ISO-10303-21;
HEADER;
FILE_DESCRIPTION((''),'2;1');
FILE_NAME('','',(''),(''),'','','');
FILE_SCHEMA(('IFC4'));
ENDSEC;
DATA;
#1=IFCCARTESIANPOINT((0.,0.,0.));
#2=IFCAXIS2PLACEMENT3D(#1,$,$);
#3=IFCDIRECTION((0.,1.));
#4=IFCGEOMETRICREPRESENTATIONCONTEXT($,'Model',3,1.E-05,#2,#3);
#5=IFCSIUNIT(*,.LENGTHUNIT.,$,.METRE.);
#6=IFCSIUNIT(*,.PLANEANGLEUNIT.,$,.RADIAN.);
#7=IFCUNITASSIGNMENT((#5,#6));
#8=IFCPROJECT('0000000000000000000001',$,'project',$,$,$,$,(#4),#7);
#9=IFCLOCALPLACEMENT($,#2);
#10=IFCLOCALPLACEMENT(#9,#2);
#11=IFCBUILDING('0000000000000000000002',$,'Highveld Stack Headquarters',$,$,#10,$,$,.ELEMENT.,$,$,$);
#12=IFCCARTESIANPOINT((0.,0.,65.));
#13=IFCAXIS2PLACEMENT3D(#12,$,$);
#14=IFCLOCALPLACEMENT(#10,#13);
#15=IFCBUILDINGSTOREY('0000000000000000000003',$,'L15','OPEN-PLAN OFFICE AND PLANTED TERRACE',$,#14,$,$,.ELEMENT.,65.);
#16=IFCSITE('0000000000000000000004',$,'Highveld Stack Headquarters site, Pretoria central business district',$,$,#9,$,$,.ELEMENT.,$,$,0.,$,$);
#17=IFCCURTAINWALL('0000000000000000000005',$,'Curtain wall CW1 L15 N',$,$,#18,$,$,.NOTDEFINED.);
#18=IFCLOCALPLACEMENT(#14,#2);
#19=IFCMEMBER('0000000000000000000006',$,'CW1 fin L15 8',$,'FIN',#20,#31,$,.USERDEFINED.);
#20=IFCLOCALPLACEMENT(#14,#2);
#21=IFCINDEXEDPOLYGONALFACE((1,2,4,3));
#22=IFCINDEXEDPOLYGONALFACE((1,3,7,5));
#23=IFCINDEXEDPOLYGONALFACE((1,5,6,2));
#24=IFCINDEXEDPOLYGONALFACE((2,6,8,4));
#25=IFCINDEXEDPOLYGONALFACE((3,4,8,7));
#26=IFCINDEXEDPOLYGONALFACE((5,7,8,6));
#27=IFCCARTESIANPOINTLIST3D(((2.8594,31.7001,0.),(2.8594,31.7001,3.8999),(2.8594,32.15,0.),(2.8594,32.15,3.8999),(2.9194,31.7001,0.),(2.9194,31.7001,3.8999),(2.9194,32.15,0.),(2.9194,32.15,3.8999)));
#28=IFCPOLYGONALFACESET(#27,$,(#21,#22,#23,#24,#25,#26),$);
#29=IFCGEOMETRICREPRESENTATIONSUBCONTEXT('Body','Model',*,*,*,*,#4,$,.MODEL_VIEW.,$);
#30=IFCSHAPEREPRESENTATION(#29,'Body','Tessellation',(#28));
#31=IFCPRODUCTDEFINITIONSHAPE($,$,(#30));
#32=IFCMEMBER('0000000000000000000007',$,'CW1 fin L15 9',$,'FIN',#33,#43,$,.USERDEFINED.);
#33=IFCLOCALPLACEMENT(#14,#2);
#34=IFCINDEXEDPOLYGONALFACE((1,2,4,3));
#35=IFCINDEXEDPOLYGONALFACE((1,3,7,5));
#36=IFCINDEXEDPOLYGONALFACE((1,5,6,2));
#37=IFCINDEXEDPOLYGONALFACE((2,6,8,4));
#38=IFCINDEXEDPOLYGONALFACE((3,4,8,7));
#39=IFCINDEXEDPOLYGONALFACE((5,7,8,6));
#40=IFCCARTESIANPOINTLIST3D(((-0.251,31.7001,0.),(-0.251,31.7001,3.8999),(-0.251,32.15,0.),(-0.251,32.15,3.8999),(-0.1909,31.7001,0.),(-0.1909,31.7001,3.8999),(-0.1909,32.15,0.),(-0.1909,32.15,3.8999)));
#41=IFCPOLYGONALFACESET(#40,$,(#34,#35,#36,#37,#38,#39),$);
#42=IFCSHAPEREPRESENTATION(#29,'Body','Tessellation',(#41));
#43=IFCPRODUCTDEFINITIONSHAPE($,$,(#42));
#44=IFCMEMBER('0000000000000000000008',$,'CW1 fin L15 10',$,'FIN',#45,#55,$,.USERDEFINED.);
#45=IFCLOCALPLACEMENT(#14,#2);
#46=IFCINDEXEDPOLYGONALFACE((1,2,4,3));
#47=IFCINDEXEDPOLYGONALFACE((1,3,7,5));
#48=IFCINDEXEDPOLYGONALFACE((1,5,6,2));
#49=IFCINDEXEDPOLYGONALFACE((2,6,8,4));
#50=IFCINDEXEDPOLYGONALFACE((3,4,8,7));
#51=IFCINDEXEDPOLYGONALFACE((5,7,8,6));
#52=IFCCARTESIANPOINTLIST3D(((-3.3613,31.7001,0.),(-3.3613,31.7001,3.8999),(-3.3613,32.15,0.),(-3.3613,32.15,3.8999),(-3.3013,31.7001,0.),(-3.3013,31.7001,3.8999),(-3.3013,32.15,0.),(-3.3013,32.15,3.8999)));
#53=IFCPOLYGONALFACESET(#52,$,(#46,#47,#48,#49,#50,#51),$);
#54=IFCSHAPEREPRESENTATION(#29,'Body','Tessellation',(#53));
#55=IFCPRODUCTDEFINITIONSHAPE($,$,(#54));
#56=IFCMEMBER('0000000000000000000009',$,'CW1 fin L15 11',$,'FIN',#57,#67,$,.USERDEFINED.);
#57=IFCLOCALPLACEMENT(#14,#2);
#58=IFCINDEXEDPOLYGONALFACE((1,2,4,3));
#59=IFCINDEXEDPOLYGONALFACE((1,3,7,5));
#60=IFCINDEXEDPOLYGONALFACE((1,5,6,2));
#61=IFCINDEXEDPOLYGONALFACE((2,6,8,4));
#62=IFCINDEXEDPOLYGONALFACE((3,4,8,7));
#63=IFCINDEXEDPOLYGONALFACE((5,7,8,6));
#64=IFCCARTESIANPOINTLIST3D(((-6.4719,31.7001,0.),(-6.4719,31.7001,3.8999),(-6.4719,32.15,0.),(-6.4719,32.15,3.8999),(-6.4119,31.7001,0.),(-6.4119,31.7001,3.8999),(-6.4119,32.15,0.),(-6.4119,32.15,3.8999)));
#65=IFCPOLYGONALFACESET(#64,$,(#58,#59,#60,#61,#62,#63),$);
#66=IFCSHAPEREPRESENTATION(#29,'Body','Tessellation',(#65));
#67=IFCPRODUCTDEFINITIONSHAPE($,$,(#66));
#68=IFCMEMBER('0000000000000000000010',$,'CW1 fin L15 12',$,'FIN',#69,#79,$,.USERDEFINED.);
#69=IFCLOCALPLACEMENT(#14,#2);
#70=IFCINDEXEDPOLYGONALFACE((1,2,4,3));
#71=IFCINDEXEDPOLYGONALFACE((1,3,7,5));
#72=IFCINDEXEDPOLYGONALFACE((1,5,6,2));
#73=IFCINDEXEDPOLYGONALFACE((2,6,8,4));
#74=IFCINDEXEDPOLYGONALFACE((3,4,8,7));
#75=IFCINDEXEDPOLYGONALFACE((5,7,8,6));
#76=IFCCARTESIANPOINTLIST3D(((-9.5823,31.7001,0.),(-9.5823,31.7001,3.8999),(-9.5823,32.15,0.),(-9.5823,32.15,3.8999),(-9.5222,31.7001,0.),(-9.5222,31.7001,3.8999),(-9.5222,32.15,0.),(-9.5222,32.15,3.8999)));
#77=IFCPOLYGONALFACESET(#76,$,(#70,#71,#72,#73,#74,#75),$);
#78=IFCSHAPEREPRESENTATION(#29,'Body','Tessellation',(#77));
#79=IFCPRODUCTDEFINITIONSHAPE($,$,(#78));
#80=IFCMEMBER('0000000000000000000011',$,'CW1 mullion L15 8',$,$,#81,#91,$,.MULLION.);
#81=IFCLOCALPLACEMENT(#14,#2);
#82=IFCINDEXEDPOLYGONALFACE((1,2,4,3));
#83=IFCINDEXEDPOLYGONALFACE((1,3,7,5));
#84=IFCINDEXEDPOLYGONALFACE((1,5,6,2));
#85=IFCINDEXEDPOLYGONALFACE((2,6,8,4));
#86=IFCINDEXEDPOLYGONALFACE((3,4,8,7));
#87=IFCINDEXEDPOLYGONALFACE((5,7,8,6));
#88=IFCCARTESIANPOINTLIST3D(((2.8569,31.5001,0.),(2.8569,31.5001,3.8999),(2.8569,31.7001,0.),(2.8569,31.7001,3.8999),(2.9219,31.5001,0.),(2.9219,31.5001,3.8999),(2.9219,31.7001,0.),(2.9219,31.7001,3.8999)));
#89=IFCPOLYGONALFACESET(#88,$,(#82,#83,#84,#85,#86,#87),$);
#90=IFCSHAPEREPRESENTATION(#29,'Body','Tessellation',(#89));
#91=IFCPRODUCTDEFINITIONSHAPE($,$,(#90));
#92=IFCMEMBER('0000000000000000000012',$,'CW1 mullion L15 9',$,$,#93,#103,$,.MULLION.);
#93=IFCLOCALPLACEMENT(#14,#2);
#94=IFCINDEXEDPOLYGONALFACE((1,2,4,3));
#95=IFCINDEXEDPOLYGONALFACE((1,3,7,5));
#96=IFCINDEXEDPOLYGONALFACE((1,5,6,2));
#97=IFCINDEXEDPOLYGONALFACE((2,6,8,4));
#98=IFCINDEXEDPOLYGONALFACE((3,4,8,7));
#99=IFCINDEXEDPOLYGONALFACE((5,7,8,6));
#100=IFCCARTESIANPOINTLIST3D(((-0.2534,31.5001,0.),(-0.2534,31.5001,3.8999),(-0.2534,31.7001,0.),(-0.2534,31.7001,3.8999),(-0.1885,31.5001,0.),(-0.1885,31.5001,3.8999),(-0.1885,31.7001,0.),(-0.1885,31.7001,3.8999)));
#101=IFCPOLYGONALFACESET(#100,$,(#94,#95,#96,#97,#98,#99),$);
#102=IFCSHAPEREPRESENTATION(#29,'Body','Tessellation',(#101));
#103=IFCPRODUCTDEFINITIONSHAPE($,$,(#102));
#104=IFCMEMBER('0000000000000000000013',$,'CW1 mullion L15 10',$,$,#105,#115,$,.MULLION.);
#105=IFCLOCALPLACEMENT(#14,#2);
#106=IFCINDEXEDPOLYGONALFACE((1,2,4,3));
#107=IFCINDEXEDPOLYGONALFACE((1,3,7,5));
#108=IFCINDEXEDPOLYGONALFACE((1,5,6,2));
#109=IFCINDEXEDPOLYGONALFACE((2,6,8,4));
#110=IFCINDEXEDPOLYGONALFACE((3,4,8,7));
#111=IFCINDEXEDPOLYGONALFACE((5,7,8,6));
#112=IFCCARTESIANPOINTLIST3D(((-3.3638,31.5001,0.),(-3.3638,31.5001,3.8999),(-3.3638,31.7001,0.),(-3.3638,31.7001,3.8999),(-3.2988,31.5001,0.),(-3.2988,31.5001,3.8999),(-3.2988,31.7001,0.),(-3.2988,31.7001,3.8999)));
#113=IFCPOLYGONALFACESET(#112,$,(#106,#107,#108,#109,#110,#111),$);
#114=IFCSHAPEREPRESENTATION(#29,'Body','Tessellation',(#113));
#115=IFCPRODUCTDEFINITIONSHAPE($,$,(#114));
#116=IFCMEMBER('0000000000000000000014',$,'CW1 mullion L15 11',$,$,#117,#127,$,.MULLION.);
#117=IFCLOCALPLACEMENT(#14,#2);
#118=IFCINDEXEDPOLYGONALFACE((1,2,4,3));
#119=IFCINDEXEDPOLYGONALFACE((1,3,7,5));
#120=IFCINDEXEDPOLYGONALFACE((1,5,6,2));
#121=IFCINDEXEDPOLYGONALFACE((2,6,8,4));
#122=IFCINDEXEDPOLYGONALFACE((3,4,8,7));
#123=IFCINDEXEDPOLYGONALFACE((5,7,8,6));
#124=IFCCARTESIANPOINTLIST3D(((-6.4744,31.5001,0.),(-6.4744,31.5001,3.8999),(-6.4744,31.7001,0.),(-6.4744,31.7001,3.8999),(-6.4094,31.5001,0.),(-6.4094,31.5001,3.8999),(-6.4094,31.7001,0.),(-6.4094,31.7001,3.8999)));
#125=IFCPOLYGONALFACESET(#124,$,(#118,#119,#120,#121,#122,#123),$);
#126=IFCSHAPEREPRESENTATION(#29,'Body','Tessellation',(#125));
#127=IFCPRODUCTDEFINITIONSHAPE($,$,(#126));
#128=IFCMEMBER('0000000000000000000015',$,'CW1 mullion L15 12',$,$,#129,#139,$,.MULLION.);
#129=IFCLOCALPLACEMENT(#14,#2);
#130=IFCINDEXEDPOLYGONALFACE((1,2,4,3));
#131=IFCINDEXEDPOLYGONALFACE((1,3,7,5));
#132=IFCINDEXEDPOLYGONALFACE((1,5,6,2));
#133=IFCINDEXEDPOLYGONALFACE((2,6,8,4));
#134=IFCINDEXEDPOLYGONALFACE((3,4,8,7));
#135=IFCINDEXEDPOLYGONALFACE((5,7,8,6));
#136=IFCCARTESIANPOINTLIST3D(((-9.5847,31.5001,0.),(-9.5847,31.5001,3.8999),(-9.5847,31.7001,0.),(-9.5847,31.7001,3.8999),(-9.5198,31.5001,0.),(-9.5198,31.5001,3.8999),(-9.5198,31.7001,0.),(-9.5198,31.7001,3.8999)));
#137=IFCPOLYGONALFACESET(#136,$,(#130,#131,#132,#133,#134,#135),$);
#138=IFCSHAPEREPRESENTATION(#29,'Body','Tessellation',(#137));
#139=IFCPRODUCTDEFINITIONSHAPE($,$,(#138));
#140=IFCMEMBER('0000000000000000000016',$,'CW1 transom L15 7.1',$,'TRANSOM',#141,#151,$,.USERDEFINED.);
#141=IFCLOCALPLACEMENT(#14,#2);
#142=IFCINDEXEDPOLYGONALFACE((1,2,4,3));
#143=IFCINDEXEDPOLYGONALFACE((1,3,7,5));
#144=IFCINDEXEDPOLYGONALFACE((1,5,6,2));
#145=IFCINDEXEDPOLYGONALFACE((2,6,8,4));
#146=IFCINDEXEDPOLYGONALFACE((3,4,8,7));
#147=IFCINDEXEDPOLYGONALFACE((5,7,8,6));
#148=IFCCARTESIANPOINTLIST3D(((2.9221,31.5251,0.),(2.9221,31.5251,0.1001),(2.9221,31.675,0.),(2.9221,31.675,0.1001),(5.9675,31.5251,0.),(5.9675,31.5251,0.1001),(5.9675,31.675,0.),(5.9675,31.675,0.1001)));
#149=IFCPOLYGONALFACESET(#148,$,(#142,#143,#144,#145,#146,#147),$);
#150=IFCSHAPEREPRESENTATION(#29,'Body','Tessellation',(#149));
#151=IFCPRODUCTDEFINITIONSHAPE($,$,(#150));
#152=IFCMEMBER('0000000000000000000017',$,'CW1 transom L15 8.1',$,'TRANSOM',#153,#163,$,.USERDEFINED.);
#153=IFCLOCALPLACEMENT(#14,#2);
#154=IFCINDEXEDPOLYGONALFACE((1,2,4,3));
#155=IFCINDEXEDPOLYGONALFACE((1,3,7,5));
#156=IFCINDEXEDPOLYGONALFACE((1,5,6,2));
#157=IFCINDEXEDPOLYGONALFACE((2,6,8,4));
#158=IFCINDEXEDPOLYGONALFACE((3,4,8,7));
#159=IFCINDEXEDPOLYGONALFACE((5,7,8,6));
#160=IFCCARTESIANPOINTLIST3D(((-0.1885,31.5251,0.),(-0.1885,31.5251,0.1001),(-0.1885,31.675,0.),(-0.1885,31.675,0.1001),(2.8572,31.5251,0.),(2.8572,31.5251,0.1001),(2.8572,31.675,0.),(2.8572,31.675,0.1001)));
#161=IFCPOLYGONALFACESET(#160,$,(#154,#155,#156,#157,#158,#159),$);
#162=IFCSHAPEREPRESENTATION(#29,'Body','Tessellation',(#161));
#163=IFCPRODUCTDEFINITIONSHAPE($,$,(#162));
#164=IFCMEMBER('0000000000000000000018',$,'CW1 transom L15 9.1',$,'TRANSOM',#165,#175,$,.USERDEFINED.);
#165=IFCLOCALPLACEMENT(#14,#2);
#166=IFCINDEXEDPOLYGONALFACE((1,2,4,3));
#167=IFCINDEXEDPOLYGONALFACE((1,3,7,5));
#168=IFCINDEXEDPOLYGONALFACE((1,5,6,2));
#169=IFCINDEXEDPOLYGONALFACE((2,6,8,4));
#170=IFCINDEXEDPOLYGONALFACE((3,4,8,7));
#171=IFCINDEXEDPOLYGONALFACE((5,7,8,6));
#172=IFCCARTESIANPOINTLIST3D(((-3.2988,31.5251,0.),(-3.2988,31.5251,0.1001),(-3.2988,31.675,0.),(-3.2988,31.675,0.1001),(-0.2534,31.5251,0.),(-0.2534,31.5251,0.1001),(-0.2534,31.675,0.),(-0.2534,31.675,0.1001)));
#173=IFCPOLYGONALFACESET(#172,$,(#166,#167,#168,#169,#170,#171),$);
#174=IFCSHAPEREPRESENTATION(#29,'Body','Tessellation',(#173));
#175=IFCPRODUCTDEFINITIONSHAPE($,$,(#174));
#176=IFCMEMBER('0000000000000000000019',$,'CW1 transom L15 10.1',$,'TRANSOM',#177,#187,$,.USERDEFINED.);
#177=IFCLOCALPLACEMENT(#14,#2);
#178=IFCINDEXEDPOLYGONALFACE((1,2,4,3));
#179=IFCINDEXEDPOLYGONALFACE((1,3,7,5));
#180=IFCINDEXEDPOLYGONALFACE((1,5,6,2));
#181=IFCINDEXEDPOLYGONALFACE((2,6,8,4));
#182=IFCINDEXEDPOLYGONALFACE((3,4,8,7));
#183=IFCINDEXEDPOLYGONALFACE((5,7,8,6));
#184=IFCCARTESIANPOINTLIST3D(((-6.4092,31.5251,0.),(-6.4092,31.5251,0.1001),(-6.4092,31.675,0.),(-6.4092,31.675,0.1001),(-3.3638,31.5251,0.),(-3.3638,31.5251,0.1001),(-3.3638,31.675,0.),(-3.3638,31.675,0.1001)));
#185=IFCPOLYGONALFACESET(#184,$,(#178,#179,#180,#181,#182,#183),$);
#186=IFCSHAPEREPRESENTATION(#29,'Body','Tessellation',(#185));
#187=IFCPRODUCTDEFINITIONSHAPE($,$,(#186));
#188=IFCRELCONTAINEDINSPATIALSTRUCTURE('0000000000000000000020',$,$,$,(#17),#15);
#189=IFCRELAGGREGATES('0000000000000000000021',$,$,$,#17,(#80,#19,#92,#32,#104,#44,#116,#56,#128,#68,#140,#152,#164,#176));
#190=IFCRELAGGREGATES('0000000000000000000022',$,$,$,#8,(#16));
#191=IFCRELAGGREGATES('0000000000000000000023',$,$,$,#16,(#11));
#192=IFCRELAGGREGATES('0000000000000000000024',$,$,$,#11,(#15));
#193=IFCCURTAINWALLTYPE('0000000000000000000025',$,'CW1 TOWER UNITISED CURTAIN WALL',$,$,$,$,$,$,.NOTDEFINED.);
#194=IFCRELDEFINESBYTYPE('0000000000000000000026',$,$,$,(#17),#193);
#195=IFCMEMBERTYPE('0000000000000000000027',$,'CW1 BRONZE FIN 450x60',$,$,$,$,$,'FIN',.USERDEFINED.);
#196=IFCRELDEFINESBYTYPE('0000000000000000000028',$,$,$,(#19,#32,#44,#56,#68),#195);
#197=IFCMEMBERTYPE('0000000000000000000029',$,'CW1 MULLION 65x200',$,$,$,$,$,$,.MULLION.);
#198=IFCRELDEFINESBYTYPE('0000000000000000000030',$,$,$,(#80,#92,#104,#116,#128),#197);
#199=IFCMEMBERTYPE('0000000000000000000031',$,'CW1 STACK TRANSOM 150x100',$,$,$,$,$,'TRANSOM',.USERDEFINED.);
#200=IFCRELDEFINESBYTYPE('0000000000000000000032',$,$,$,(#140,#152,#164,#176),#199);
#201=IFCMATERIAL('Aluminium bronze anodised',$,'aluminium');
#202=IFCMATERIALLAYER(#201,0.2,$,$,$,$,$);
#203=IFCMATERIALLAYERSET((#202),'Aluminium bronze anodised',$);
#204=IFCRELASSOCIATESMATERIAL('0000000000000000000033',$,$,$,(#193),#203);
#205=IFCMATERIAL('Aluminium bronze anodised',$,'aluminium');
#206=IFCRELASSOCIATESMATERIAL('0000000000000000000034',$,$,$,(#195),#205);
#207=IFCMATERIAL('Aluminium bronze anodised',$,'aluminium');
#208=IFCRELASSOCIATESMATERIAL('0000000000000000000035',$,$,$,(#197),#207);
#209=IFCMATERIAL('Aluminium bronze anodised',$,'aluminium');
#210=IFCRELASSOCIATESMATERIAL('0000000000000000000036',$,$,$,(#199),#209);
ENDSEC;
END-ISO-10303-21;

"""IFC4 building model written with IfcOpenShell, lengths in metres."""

from ifc_helpers import new_model, si_unit, direction, frame, origin, origin_2d, place, context, subcontext, project, spatial, rectangle, extrude, material, layer, layer_set, material_profile, profile_set, type_object, element, aggregate, save


model = new_model("IFC4")

# Units and contexts
model_context = context("Model", 3, precision=1e-05, world=origin(), true_north=direction((0.0, 1.0)))
body_context = subcontext(model_context, "Body", "Model", "MODEL_VIEW")
ifc_project = project(units=[si_unit("LENGTHUNIT", "METRE"), si_unit("PLANEANGLEUNIT", "RADIAN")], contexts=[model_context])

# Site, building, storey
site_placement = place(None, origin())
site = spatial("IfcSite", under=ifc_project, at=site_placement, Name="Highveld Stack Headquarters site, Pretoria central business district", CompositionType="ELEMENT", RefElevation=0.0)
building_placement = place(site_placement, origin())
building = spatial("IfcBuilding", under=site, at=building_placement, Name="Highveld Stack Headquarters", CompositionType="ELEMENT")
storey_placement = place(building_placement, frame((0.0, 0.0, 65.0)))
storey = spatial("IfcBuildingStorey", under=building, at=storey_placement, Name="L15", Description="OPEN-PLAN OFFICE AND PLANTED TERRACE", CompositionType="ELEMENT", Elevation=65.0)

# Curtain wall, members
ifc_material_1 = material(Name="Aluminium bronze anodised", Category="aluminium")
ifc_layer_1 = layer(ifc_material_1, 0.2)
ifc_layer_set_1 = layer_set([ifc_layer_1], Name="Aluminium bronze anodised")
curtain_wall_type = type_object("IfcCurtainWallType", Name="CW1 TOWER UNITISED CURTAIN WALL", PredefinedType="NOTDEFINED", material=ifc_layer_set_1)
curtain_wall_placement = place(storey_placement, origin())
curtain_wall = element("IfcCurtainWall", 1, at=curtain_wall_placement, inside=storey, type_object=curtain_wall_type, Name="Curtain wall CW1 L15 N", PredefinedType="NOTDEFINED")
ifc_material_2 = material(Name="Aluminium bronze anodised", Category="aluminium")
ifc_material_profile_1 = material_profile(ifc_material_2, rectangle(XDim=0.45, YDim=0.0601, at=origin_2d()), Name="FIN 450x60")
ifc_profile_set_1 = profile_set([ifc_material_profile_1], Name="Aluminium bronze anodised")
member_type_1 = type_object("IfcMemberType", Name="CW1 BRONZE FIN 450x60", ElementType="FIN", PredefinedType="USERDEFINED", material=ifc_profile_set_1)
member_1_placement = place(storey_placement, frame((2.8894, 31.925, 0.0), z_axis=(0.0, 0.0, 1.0), x_axis=(0.0, -1.0, 0.0)))
member_1 = element("IfcMember", 2, at=member_1_placement, type_object=member_type_1, Name="CW1 fin L15 8", ObjectType="FIN", PredefinedType="USERDEFINED", context=body_context, shape_type="SweptSolid", body=[
    extrude(rectangle(XDim=0.45, YDim=0.0601, at=origin_2d()), origin(), (0.0, 0.0, 1.0), 3.8999),
])
member_2_placement = place(storey_placement, frame((-0.2209, 31.925, 0.0), z_axis=(0.0, 0.0, 1.0), x_axis=(0.0, -1.0, 0.0)))
member_2 = element("IfcMember", 3, at=member_2_placement, type_object=member_type_1, Name="CW1 fin L15 9", ObjectType="FIN", PredefinedType="USERDEFINED", context=body_context, shape_type="SweptSolid", body=[
    extrude(rectangle(XDim=0.45, YDim=0.0601, at=origin_2d()), origin(), (0.0, 0.0, 1.0), 3.8999),
])
member_3_placement = place(storey_placement, frame((-3.3313, 31.925, 0.0), z_axis=(0.0, 0.0, 1.0), x_axis=(0.0, -1.0, 0.0)))
member_3 = element("IfcMember", 4, at=member_3_placement, type_object=member_type_1, Name="CW1 fin L15 10", ObjectType="FIN", PredefinedType="USERDEFINED", context=body_context, shape_type="SweptSolid", body=[
    extrude(rectangle(XDim=0.45, YDim=0.0601, at=origin_2d()), origin(), (0.0, 0.0, 1.0), 3.8999),
])
member_4_placement = place(storey_placement, frame((-6.4419, 31.925, 0.0), z_axis=(0.0, 0.0, 1.0), x_axis=(0.0, -1.0, 0.0)))
member_4 = element("IfcMember", 5, at=member_4_placement, type_object=member_type_1, Name="CW1 fin L15 11", ObjectType="FIN", PredefinedType="USERDEFINED", context=body_context, shape_type="SweptSolid", body=[
    extrude(rectangle(XDim=0.45, YDim=0.0601, at=origin_2d()), origin(), (0.0, 0.0, 1.0), 3.8999),
])
member_5_placement = place(storey_placement, frame((-9.5522, 31.925, 0.0), z_axis=(0.0, 0.0, 1.0), x_axis=(0.0, -1.0, 0.0)))
member_5 = element("IfcMember", 6, at=member_5_placement, type_object=member_type_1, Name="CW1 fin L15 12", ObjectType="FIN", PredefinedType="USERDEFINED", context=body_context, shape_type="SweptSolid", body=[
    extrude(rectangle(XDim=0.45, YDim=0.0601, at=origin_2d()), origin(), (0.0, 0.0, 1.0), 3.8999),
])
ifc_material_3 = material(Name="Aluminium bronze anodised", Category="aluminium")
ifc_material_profile_2 = material_profile(ifc_material_3, rectangle(XDim=0.2, YDim=0.0649, at=origin_2d()), Name="CW1 MULLION 65x200")
ifc_profile_set_2 = profile_set([ifc_material_profile_2], Name="Aluminium bronze anodised")
member_type_2 = type_object("IfcMemberType", Name="CW1 MULLION 65x200", PredefinedType="MULLION", material=ifc_profile_set_2)
member_6_placement = place(storey_placement, frame((2.8894, 31.6001, 0.0), z_axis=(0.0, 0.0, 1.0), x_axis=(0.0, -1.0, 0.0)))
member_6 = element("IfcMember", 7, at=member_6_placement, type_object=member_type_2, Name="CW1 mullion L15 8", PredefinedType="MULLION", context=body_context, shape_type="SweptSolid", body=[
    extrude(rectangle(XDim=0.2, YDim=0.0649, at=origin_2d()), origin(), (0.0, 0.0, 1.0), 3.8999),
])
member_7_placement = place(storey_placement, frame((-0.2209, 31.6001, 0.0), z_axis=(0.0, 0.0, 1.0), x_axis=(0.0, -1.0, 0.0)))
member_7 = element("IfcMember", 8, at=member_7_placement, type_object=member_type_2, Name="CW1 mullion L15 9", PredefinedType="MULLION", context=body_context, shape_type="SweptSolid", body=[
    extrude(rectangle(XDim=0.2, YDim=0.0649, at=origin_2d()), origin(), (0.0, 0.0, 1.0), 3.8999),
])
member_8_placement = place(storey_placement, frame((-3.3313, 31.6001, 0.0), z_axis=(0.0, 0.0, 1.0), x_axis=(0.0, -1.0, 0.0)))
member_8 = element("IfcMember", 9, at=member_8_placement, type_object=member_type_2, Name="CW1 mullion L15 10", PredefinedType="MULLION", context=body_context, shape_type="SweptSolid", body=[
    extrude(rectangle(XDim=0.2, YDim=0.0649, at=origin_2d()), origin(), (0.0, 0.0, 1.0), 3.8999),
])
member_9_placement = place(storey_placement, frame((-6.4419, 31.6001, 0.0), z_axis=(0.0, 0.0, 1.0), x_axis=(0.0, -1.0, 0.0)))
member_9 = element("IfcMember", 10, at=member_9_placement, type_object=member_type_2, Name="CW1 mullion L15 11", PredefinedType="MULLION", context=body_context, shape_type="SweptSolid", body=[
    extrude(rectangle(XDim=0.2, YDim=0.0649, at=origin_2d()), origin(), (0.0, 0.0, 1.0), 3.8999),
])
member_10_placement = place(storey_placement, frame((-9.5522, 31.6001, 0.0), z_axis=(0.0, 0.0, 1.0), x_axis=(0.0, -1.0, 0.0)))
member_10 = element("IfcMember", 11, at=member_10_placement, type_object=member_type_2, Name="CW1 mullion L15 12", PredefinedType="MULLION", context=body_context, shape_type="SweptSolid", body=[
    extrude(rectangle(XDim=0.2, YDim=0.0649, at=origin_2d()), origin(), (0.0, 0.0, 1.0), 3.8999),
])
ifc_material_4 = material(Name="Aluminium bronze anodised", Category="aluminium")
ifc_material_profile_3 = material_profile(ifc_material_4, rectangle(XDim=0.1499, YDim=0.1001, at=origin_2d()), Name="CW1 TRANSOM 150x100")
ifc_profile_set_3 = profile_set([ifc_material_profile_3], Name="Aluminium bronze anodised")
member_type_3 = type_object("IfcMemberType", Name="CW1 STACK TRANSOM 150x100", ElementType="TRANSOM", PredefinedType="USERDEFINED", material=ifc_profile_set_3)
member_11_placement = place(storey_placement, frame((5.9675, 31.6001, 0.05), z_axis=(-1.0, 0.0, 0.0), x_axis=(0.0, -1.0, 0.0)))
member_11 = element("IfcMember", 12, at=member_11_placement, type_object=member_type_3, Name="CW1 transom L15 7.1", ObjectType="TRANSOM", PredefinedType="USERDEFINED", context=body_context, shape_type="SweptSolid", body=[
    extrude(rectangle(XDim=0.1499, YDim=0.1001, at=origin_2d()), origin(), (0.0, 0.0, 1.0), 3.0454),
])
member_12_placement = place(storey_placement, frame((2.8572, 31.6001, 0.05), z_axis=(-1.0, 0.0, 0.0), x_axis=(0.0, -1.0, 0.0)))
member_12 = element("IfcMember", 13, at=member_12_placement, type_object=member_type_3, Name="CW1 transom L15 8.1", ObjectType="TRANSOM", PredefinedType="USERDEFINED", context=body_context, shape_type="SweptSolid", body=[
    extrude(rectangle(XDim=0.1499, YDim=0.1001, at=origin_2d()), origin(), (0.0, 0.0, 1.0), 3.0457),
])
member_13_placement = place(storey_placement, frame((-0.2534, 31.6001, 0.05), z_axis=(-1.0, 0.0, 0.0), x_axis=(0.0, -1.0, 0.0)))
member_13 = element("IfcMember", 14, at=member_13_placement, type_object=member_type_3, Name="CW1 transom L15 9.1", ObjectType="TRANSOM", PredefinedType="USERDEFINED", context=body_context, shape_type="SweptSolid", body=[
    extrude(rectangle(XDim=0.1499, YDim=0.1001, at=origin_2d()), origin(), (0.0, 0.0, 1.0), 3.0454),
])
member_14_placement = place(storey_placement, frame((-3.3638, 31.6001, 0.05), z_axis=(-1.0, 0.0, 0.0), x_axis=(0.0, -1.0, 0.0)))
member_14 = element("IfcMember", 15, at=member_14_placement, type_object=member_type_3, Name="CW1 transom L15 10.1", ObjectType="TRANSOM", PredefinedType="USERDEFINED", context=body_context, shape_type="SweptSolid", body=[
    extrude(rectangle(XDim=0.1499, YDim=0.1001, at=origin_2d()), origin(), (0.0, 0.0, 1.0), 3.0454),
])

aggregate(curtain_wall, [member_6, member_1, member_7, member_2, member_8, member_3, member_9, member_4, member_10, member_5, member_11, member_12, member_13, member_14])

save(model, "model.ifc")
